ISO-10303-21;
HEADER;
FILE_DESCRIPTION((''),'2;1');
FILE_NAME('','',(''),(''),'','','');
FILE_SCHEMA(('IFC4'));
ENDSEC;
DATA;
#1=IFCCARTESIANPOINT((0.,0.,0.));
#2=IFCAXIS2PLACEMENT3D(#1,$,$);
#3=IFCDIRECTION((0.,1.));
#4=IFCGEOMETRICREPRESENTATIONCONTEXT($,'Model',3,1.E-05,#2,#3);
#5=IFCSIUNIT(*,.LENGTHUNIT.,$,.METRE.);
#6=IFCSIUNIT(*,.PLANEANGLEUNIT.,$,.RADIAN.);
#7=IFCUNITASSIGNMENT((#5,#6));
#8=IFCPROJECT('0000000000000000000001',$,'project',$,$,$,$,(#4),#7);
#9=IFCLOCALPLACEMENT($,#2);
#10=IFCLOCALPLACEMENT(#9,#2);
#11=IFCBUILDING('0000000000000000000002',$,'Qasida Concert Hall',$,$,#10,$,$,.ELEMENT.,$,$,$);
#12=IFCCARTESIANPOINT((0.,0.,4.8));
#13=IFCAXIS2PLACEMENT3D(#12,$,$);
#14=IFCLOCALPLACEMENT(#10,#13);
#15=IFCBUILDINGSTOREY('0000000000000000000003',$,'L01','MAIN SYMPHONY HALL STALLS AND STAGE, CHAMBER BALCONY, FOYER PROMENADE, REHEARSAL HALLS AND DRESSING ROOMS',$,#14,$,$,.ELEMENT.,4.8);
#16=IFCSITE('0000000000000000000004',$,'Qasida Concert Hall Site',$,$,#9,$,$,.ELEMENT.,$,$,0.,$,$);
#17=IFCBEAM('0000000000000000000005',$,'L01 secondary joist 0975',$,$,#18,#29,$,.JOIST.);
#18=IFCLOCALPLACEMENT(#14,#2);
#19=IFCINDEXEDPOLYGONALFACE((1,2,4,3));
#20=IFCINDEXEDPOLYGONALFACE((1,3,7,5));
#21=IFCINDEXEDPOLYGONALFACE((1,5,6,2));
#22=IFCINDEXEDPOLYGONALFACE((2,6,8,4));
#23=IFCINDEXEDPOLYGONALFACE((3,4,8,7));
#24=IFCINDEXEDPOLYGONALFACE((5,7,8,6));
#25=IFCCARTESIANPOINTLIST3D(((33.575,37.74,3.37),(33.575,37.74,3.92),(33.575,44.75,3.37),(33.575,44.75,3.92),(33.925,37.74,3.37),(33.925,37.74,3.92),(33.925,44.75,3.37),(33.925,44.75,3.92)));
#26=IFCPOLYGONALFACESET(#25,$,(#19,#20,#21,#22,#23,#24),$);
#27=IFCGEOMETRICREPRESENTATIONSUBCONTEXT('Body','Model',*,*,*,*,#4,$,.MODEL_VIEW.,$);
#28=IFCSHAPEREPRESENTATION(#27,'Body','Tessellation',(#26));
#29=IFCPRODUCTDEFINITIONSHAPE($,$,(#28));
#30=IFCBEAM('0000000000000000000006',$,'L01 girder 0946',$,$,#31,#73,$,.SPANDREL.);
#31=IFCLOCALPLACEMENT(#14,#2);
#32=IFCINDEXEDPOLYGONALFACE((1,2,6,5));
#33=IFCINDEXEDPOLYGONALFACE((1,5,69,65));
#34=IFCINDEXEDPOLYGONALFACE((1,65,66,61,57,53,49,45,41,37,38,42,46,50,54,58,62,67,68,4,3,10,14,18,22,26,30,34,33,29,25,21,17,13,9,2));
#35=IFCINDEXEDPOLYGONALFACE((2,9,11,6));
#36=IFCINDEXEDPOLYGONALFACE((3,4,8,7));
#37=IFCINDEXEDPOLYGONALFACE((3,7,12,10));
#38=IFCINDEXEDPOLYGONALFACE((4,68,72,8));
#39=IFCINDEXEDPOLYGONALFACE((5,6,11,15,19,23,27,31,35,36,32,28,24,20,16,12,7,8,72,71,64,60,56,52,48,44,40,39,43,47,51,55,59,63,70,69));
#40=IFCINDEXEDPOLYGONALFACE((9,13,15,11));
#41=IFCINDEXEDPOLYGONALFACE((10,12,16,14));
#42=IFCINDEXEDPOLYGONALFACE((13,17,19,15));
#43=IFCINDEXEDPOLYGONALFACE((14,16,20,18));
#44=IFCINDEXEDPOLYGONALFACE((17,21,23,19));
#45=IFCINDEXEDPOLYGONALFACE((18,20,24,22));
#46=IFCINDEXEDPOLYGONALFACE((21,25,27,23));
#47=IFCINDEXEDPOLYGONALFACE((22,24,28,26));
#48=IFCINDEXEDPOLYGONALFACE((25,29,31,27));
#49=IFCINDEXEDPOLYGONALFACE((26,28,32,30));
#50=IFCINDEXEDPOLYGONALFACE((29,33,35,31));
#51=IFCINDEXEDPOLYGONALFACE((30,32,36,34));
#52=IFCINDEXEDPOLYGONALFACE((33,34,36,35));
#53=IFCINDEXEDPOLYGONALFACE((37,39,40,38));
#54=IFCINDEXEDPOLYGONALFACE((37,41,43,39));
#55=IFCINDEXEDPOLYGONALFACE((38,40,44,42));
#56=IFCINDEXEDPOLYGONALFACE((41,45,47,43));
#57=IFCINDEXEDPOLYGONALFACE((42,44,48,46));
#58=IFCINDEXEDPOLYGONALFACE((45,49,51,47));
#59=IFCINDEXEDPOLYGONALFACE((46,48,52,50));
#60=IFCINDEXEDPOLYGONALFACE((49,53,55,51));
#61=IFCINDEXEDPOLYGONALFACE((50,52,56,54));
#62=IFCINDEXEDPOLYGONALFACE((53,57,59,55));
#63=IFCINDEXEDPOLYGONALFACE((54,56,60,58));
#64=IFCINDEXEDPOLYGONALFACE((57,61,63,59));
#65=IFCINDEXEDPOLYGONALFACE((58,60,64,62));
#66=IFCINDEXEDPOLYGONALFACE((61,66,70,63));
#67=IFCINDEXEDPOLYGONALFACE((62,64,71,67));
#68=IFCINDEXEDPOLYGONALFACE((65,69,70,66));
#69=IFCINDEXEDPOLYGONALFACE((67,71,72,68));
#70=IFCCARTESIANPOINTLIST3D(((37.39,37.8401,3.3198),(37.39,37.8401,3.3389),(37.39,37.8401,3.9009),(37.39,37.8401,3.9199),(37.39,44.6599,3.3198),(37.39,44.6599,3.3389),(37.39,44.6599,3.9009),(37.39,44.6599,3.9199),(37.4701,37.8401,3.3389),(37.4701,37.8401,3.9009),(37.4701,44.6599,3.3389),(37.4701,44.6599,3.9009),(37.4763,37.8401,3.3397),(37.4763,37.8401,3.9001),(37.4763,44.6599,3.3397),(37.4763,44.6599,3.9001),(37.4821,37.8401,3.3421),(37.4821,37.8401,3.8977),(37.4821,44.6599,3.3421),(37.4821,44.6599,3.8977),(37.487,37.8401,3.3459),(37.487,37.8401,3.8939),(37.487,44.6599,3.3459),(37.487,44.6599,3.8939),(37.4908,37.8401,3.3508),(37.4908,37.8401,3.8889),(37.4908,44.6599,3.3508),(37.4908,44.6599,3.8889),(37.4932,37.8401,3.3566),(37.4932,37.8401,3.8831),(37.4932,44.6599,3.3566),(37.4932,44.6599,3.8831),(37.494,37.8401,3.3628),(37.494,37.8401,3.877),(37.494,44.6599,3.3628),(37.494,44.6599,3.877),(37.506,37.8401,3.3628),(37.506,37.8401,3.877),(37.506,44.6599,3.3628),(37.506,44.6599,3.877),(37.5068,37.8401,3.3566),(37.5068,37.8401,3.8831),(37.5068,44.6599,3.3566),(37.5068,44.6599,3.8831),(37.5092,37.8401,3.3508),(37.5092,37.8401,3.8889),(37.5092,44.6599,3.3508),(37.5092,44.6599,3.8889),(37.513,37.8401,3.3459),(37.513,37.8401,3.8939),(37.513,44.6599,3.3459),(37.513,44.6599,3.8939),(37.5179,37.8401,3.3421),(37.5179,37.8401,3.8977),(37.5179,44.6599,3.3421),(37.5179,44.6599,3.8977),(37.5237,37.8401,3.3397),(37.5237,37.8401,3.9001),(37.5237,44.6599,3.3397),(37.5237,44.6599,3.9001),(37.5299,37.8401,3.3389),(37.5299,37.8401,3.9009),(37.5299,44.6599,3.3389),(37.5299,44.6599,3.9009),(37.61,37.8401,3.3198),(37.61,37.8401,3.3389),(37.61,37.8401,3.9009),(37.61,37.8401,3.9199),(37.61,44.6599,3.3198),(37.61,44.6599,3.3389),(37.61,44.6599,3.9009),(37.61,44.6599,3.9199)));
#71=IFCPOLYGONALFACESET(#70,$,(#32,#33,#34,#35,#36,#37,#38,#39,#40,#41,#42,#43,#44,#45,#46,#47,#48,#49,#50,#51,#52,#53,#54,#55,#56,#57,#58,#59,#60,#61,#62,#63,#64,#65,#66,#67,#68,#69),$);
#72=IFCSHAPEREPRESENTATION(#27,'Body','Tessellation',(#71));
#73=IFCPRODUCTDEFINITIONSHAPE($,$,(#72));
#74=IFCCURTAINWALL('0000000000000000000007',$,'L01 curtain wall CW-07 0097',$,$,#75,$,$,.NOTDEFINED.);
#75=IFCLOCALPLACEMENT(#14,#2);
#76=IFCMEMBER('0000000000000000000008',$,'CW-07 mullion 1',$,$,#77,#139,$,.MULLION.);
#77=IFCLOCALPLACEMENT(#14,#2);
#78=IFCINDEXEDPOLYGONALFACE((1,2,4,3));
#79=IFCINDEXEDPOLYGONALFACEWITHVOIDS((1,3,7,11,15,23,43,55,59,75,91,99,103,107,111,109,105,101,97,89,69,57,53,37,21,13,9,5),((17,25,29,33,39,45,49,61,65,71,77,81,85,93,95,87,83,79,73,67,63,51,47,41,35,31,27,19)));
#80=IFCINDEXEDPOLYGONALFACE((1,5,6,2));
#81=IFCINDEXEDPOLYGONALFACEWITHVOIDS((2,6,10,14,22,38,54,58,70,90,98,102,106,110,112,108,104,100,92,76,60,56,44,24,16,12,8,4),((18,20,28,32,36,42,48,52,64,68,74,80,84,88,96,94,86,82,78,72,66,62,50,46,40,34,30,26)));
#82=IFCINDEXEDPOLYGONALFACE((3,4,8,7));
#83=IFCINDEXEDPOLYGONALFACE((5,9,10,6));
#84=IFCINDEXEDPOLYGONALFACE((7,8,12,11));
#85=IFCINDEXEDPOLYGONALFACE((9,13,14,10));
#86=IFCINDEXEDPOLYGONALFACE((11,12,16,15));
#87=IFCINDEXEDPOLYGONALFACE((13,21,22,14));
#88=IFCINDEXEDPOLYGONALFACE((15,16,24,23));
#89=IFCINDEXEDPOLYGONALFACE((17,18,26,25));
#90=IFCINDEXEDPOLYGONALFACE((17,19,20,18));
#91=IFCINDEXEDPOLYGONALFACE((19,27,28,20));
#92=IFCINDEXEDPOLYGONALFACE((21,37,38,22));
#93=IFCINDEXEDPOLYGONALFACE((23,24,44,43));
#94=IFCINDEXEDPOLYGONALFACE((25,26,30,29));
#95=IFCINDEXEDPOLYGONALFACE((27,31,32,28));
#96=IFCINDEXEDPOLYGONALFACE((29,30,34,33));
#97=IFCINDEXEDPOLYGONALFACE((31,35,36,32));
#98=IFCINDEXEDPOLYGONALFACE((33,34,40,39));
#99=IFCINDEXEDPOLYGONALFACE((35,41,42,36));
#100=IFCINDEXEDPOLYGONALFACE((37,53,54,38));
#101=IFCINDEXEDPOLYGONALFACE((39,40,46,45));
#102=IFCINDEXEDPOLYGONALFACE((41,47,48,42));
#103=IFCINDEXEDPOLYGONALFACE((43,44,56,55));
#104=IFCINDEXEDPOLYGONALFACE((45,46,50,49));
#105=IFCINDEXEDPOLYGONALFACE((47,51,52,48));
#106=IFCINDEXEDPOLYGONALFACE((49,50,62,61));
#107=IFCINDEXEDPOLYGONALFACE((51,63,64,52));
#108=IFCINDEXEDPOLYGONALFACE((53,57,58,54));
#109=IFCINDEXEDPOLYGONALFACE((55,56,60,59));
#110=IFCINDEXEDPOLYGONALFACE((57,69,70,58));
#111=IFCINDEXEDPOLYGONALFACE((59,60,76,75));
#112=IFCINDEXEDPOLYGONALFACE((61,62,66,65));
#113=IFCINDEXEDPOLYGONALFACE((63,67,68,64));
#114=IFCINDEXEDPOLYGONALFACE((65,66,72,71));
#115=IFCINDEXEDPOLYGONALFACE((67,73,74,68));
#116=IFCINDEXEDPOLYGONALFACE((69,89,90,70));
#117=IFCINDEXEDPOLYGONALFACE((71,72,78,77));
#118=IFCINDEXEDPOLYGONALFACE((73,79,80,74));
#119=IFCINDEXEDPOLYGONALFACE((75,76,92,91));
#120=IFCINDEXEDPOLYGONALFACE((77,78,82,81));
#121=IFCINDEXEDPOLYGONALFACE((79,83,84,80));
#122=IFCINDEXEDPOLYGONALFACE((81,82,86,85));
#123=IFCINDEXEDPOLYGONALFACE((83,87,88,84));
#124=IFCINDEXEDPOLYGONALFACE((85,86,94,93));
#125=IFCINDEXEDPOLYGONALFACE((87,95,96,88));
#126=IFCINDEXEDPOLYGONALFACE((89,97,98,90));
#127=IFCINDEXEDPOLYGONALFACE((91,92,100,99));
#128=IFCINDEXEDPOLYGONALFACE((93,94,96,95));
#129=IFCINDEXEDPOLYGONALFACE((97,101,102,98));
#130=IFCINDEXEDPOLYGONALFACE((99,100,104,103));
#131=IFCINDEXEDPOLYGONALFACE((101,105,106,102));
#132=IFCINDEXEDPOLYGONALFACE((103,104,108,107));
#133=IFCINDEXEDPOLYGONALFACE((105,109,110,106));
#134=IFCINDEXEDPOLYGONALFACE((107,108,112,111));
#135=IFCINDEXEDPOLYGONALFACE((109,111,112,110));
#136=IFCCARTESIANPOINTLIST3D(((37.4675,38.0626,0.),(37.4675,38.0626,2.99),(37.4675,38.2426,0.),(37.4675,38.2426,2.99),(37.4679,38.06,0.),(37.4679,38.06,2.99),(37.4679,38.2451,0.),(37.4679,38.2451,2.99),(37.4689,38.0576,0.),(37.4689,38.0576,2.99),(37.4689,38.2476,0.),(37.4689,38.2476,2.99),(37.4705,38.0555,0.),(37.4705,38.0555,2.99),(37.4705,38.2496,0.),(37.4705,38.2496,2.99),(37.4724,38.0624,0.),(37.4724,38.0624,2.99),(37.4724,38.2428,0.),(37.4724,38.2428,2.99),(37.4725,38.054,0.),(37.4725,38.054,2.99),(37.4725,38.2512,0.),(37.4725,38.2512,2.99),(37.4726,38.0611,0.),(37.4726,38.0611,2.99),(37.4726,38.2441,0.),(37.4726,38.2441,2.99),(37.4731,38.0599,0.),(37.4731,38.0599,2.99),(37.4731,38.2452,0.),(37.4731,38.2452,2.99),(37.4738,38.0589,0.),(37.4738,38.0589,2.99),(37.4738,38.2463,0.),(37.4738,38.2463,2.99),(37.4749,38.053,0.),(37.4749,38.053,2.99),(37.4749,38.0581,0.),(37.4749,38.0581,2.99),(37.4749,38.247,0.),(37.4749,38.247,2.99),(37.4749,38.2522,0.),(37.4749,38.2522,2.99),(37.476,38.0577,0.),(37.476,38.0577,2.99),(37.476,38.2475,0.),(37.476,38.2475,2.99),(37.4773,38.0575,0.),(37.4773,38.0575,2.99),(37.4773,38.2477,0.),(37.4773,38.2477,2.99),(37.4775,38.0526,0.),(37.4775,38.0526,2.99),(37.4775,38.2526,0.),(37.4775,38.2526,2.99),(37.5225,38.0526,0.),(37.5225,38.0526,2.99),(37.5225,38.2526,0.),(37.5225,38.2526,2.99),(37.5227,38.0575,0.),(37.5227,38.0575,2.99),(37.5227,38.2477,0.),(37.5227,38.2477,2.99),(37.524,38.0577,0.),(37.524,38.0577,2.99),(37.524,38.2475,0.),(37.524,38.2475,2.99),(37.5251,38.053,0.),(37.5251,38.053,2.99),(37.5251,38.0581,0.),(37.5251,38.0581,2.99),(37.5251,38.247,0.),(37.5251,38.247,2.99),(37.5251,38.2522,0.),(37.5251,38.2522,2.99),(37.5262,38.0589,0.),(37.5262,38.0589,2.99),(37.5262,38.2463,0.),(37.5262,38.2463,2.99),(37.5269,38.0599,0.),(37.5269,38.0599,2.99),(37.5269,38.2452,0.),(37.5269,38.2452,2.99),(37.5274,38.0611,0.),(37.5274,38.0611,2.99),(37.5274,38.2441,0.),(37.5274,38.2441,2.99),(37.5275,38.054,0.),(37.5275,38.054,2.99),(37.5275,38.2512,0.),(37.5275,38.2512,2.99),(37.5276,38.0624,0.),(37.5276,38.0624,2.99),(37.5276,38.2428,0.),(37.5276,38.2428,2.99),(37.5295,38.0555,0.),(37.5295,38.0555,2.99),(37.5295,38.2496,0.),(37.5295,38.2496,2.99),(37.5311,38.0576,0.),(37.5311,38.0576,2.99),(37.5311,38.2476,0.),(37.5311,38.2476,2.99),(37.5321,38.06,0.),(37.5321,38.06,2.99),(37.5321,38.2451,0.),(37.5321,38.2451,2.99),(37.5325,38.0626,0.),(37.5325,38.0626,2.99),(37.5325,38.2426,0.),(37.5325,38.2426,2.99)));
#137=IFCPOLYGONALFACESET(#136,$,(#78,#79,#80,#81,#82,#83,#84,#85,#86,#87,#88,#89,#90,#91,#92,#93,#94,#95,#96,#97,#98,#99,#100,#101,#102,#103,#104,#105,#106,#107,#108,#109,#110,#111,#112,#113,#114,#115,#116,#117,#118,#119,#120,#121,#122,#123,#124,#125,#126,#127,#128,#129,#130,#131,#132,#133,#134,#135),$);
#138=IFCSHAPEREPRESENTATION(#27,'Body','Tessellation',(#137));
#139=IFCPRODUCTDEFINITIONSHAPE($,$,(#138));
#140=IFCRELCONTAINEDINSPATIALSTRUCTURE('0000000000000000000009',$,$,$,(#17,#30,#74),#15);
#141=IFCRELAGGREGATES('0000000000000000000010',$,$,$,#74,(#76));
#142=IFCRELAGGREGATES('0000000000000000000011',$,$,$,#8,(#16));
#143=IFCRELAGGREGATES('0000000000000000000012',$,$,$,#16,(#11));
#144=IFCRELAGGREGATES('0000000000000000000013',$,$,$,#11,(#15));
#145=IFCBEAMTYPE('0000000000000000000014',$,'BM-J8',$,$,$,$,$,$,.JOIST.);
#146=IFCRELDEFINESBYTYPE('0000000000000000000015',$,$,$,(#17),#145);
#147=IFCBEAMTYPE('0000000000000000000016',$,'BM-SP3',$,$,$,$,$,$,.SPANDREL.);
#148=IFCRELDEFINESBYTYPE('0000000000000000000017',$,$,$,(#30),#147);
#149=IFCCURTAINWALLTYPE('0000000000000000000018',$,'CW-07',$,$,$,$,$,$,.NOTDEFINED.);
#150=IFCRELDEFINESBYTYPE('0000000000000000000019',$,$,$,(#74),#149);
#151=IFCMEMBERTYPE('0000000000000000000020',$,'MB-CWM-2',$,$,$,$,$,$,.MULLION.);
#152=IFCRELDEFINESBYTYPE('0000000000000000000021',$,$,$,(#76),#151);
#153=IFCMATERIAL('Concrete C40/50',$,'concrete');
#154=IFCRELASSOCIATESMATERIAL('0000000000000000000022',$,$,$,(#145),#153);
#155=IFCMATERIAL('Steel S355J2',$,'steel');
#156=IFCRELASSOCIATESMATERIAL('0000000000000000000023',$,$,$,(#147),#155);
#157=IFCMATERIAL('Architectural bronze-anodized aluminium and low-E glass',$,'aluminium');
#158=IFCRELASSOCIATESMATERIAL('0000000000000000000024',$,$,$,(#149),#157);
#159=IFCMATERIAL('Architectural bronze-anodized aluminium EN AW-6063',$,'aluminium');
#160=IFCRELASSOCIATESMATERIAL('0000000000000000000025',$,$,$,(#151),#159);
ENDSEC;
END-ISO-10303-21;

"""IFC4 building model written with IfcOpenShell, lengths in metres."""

from ifc_helpers import new_model, si_unit, direction, frame, origin, origin_2d, place, context, subcontext, project, spatial, rectangle, hollow_rectangle, i_section, extrude, material, material_profile, profile_set, type_object, element, aggregate, save


model = new_model("IFC4")

# Units and contexts
model_context = context("Model", 3, precision=1e-05, world=origin(), true_north=direction((0.0, 1.0)))
body_context = subcontext(model_context, "Body", "Model", "MODEL_VIEW")
ifc_project = project(units=[si_unit("LENGTHUNIT", "METRE"), si_unit("PLANEANGLEUNIT", "RADIAN")], contexts=[model_context])

# Site, building, storey
site_placement = place(None, origin())
site = spatial("IfcSite", under=ifc_project, at=site_placement, Name="Qasida Concert Hall Site", CompositionType="ELEMENT", RefElevation=0.0)
building_placement = place(site_placement, origin())
building = spatial("IfcBuilding", under=site, at=building_placement, Name="Qasida Concert Hall", CompositionType="ELEMENT")
storey_placement = place(building_placement, frame((0.0, 0.0, 4.8)))
storey = spatial("IfcBuildingStorey", under=building, at=storey_placement, Name="L01", Description="MAIN SYMPHONY HALL STALLS AND STAGE, CHAMBER BALCONY, FOYER PROMENADE, REHEARSAL HALLS AND DRESSING ROOMS", CompositionType="ELEMENT", Elevation=4.8)

# Beams
ifc_material_1 = material(Name="Concrete C40/50", Category="concrete")
ifc_material_profile_1 = material_profile(ifc_material_1, rectangle(XDim=0.3501, YDim=0.55, at=origin_2d()), Name="RC 350x550")
ifc_profile_set_1 = profile_set([ifc_material_profile_1], Name="Concrete C40/50")
beam_type_1 = type_object("IfcBeamType", Name="BM-J8", PredefinedType="JOIST", material=ifc_profile_set_1)
beam_1_placement = place(storey_placement, frame((33.75, 37.74, 3.645), z_axis=(0.0, 1.0, 0.0), x_axis=(-1.0, 0.0, 0.0)))
element("IfcBeam", 1, at=beam_1_placement, inside=storey, type_object=beam_type_1, Name="L01 secondary joist 0975", PredefinedType="JOIST", context=body_context, shape_type="SweptSolid", body=[
    extrude(rectangle(XDim=0.3501, YDim=0.55, at=origin_2d()), origin(), (0.0, 0.0, 1.0), 7.01),
])
ifc_material_2 = material(Name="Steel S355J2", Category="steel")
ifc_material_profile_2 = material_profile(ifc_material_2, i_section(OverallWidth=0.22, OverallDepth=0.6001, WebThickness=0.012, FlangeThickness=0.019, FilletRadius=0.0239, at=origin_2d()), Name="IPE 600")
ifc_profile_set_2 = profile_set([ifc_material_profile_2], Name="Steel S355J2")
beam_type_2 = type_object("IfcBeamType", Name="BM-SP3", PredefinedType="SPANDREL", material=ifc_profile_set_2)
beam_2_placement = place(storey_placement, frame((37.5, 37.8401, 3.6199), z_axis=(0.0, 1.0, 0.0), x_axis=(-1.0, 0.0, 0.0)))
element("IfcBeam", 2, at=beam_2_placement, inside=storey, type_object=beam_type_2, Name="L01 girder 0946", PredefinedType="SPANDREL", context=body_context, shape_type="SweptSolid", body=[
    extrude(i_section(OverallWidth=0.22, OverallDepth=0.6001, WebThickness=0.012, FlangeThickness=0.019, FilletRadius=0.0239, at=origin_2d()), origin(), (0.0, 0.0, 1.0), 6.8198),
])

# Curtain wall, member
ifc_material_3 = material(Name="Architectural bronze-anodized aluminium and low-E glass", Category="aluminium")
curtain_wall_type = type_object("IfcCurtainWallType", Name="CW-07", PredefinedType="NOTDEFINED", material=ifc_material_3)
curtain_wall_placement = place(storey_placement, origin())
curtain_wall = element("IfcCurtainWall", 3, at=curtain_wall_placement, inside=storey, type_object=curtain_wall_type, Name="L01 curtain wall CW-07 0097", PredefinedType="NOTDEFINED")
ifc_material_4 = material(Name="Architectural bronze-anodized aluminium EN AW-6063", Category="aluminium")
ifc_material_profile_3 = material_profile(ifc_material_4, hollow_rectangle(XDim=0.0649, YDim=0.2, WallThickness=0.0049, InnerFilletRadius=0.0049, OuterFilletRadius=0.01, at=origin_2d()), Name="CWM 200x65x5")
ifc_profile_set_3 = profile_set([ifc_material_profile_3], Name="Architectural bronze-anodized aluminium EN AW-6063")
member_type_1 = type_object("IfcMemberType", Name="MB-CWM-2", PredefinedType="MULLION", material=ifc_profile_set_3)
member_1_placement = place(storey_placement, frame((37.5, 38.1526, 0.0), z_axis=(0.0, 0.0, 1.0), x_axis=(-1.0, 0.0, 0.0)))
member_1 = element("IfcMember", 4, at=member_1_placement, type_object=member_type_1, Name="CW-07 mullion 1", PredefinedType="MULLION", context=body_context, shape_type="SweptSolid", body=[
    extrude(hollow_rectangle(XDim=0.0649, YDim=0.2, WallThickness=0.0049, InnerFilletRadius=0.0049, OuterFilletRadius=0.01, at=origin_2d()), origin(), (0.0, 0.0, 1.0), 2.99),
])
aggregate(curtain_wall, [member_1])

save(model, "model.ifc")
